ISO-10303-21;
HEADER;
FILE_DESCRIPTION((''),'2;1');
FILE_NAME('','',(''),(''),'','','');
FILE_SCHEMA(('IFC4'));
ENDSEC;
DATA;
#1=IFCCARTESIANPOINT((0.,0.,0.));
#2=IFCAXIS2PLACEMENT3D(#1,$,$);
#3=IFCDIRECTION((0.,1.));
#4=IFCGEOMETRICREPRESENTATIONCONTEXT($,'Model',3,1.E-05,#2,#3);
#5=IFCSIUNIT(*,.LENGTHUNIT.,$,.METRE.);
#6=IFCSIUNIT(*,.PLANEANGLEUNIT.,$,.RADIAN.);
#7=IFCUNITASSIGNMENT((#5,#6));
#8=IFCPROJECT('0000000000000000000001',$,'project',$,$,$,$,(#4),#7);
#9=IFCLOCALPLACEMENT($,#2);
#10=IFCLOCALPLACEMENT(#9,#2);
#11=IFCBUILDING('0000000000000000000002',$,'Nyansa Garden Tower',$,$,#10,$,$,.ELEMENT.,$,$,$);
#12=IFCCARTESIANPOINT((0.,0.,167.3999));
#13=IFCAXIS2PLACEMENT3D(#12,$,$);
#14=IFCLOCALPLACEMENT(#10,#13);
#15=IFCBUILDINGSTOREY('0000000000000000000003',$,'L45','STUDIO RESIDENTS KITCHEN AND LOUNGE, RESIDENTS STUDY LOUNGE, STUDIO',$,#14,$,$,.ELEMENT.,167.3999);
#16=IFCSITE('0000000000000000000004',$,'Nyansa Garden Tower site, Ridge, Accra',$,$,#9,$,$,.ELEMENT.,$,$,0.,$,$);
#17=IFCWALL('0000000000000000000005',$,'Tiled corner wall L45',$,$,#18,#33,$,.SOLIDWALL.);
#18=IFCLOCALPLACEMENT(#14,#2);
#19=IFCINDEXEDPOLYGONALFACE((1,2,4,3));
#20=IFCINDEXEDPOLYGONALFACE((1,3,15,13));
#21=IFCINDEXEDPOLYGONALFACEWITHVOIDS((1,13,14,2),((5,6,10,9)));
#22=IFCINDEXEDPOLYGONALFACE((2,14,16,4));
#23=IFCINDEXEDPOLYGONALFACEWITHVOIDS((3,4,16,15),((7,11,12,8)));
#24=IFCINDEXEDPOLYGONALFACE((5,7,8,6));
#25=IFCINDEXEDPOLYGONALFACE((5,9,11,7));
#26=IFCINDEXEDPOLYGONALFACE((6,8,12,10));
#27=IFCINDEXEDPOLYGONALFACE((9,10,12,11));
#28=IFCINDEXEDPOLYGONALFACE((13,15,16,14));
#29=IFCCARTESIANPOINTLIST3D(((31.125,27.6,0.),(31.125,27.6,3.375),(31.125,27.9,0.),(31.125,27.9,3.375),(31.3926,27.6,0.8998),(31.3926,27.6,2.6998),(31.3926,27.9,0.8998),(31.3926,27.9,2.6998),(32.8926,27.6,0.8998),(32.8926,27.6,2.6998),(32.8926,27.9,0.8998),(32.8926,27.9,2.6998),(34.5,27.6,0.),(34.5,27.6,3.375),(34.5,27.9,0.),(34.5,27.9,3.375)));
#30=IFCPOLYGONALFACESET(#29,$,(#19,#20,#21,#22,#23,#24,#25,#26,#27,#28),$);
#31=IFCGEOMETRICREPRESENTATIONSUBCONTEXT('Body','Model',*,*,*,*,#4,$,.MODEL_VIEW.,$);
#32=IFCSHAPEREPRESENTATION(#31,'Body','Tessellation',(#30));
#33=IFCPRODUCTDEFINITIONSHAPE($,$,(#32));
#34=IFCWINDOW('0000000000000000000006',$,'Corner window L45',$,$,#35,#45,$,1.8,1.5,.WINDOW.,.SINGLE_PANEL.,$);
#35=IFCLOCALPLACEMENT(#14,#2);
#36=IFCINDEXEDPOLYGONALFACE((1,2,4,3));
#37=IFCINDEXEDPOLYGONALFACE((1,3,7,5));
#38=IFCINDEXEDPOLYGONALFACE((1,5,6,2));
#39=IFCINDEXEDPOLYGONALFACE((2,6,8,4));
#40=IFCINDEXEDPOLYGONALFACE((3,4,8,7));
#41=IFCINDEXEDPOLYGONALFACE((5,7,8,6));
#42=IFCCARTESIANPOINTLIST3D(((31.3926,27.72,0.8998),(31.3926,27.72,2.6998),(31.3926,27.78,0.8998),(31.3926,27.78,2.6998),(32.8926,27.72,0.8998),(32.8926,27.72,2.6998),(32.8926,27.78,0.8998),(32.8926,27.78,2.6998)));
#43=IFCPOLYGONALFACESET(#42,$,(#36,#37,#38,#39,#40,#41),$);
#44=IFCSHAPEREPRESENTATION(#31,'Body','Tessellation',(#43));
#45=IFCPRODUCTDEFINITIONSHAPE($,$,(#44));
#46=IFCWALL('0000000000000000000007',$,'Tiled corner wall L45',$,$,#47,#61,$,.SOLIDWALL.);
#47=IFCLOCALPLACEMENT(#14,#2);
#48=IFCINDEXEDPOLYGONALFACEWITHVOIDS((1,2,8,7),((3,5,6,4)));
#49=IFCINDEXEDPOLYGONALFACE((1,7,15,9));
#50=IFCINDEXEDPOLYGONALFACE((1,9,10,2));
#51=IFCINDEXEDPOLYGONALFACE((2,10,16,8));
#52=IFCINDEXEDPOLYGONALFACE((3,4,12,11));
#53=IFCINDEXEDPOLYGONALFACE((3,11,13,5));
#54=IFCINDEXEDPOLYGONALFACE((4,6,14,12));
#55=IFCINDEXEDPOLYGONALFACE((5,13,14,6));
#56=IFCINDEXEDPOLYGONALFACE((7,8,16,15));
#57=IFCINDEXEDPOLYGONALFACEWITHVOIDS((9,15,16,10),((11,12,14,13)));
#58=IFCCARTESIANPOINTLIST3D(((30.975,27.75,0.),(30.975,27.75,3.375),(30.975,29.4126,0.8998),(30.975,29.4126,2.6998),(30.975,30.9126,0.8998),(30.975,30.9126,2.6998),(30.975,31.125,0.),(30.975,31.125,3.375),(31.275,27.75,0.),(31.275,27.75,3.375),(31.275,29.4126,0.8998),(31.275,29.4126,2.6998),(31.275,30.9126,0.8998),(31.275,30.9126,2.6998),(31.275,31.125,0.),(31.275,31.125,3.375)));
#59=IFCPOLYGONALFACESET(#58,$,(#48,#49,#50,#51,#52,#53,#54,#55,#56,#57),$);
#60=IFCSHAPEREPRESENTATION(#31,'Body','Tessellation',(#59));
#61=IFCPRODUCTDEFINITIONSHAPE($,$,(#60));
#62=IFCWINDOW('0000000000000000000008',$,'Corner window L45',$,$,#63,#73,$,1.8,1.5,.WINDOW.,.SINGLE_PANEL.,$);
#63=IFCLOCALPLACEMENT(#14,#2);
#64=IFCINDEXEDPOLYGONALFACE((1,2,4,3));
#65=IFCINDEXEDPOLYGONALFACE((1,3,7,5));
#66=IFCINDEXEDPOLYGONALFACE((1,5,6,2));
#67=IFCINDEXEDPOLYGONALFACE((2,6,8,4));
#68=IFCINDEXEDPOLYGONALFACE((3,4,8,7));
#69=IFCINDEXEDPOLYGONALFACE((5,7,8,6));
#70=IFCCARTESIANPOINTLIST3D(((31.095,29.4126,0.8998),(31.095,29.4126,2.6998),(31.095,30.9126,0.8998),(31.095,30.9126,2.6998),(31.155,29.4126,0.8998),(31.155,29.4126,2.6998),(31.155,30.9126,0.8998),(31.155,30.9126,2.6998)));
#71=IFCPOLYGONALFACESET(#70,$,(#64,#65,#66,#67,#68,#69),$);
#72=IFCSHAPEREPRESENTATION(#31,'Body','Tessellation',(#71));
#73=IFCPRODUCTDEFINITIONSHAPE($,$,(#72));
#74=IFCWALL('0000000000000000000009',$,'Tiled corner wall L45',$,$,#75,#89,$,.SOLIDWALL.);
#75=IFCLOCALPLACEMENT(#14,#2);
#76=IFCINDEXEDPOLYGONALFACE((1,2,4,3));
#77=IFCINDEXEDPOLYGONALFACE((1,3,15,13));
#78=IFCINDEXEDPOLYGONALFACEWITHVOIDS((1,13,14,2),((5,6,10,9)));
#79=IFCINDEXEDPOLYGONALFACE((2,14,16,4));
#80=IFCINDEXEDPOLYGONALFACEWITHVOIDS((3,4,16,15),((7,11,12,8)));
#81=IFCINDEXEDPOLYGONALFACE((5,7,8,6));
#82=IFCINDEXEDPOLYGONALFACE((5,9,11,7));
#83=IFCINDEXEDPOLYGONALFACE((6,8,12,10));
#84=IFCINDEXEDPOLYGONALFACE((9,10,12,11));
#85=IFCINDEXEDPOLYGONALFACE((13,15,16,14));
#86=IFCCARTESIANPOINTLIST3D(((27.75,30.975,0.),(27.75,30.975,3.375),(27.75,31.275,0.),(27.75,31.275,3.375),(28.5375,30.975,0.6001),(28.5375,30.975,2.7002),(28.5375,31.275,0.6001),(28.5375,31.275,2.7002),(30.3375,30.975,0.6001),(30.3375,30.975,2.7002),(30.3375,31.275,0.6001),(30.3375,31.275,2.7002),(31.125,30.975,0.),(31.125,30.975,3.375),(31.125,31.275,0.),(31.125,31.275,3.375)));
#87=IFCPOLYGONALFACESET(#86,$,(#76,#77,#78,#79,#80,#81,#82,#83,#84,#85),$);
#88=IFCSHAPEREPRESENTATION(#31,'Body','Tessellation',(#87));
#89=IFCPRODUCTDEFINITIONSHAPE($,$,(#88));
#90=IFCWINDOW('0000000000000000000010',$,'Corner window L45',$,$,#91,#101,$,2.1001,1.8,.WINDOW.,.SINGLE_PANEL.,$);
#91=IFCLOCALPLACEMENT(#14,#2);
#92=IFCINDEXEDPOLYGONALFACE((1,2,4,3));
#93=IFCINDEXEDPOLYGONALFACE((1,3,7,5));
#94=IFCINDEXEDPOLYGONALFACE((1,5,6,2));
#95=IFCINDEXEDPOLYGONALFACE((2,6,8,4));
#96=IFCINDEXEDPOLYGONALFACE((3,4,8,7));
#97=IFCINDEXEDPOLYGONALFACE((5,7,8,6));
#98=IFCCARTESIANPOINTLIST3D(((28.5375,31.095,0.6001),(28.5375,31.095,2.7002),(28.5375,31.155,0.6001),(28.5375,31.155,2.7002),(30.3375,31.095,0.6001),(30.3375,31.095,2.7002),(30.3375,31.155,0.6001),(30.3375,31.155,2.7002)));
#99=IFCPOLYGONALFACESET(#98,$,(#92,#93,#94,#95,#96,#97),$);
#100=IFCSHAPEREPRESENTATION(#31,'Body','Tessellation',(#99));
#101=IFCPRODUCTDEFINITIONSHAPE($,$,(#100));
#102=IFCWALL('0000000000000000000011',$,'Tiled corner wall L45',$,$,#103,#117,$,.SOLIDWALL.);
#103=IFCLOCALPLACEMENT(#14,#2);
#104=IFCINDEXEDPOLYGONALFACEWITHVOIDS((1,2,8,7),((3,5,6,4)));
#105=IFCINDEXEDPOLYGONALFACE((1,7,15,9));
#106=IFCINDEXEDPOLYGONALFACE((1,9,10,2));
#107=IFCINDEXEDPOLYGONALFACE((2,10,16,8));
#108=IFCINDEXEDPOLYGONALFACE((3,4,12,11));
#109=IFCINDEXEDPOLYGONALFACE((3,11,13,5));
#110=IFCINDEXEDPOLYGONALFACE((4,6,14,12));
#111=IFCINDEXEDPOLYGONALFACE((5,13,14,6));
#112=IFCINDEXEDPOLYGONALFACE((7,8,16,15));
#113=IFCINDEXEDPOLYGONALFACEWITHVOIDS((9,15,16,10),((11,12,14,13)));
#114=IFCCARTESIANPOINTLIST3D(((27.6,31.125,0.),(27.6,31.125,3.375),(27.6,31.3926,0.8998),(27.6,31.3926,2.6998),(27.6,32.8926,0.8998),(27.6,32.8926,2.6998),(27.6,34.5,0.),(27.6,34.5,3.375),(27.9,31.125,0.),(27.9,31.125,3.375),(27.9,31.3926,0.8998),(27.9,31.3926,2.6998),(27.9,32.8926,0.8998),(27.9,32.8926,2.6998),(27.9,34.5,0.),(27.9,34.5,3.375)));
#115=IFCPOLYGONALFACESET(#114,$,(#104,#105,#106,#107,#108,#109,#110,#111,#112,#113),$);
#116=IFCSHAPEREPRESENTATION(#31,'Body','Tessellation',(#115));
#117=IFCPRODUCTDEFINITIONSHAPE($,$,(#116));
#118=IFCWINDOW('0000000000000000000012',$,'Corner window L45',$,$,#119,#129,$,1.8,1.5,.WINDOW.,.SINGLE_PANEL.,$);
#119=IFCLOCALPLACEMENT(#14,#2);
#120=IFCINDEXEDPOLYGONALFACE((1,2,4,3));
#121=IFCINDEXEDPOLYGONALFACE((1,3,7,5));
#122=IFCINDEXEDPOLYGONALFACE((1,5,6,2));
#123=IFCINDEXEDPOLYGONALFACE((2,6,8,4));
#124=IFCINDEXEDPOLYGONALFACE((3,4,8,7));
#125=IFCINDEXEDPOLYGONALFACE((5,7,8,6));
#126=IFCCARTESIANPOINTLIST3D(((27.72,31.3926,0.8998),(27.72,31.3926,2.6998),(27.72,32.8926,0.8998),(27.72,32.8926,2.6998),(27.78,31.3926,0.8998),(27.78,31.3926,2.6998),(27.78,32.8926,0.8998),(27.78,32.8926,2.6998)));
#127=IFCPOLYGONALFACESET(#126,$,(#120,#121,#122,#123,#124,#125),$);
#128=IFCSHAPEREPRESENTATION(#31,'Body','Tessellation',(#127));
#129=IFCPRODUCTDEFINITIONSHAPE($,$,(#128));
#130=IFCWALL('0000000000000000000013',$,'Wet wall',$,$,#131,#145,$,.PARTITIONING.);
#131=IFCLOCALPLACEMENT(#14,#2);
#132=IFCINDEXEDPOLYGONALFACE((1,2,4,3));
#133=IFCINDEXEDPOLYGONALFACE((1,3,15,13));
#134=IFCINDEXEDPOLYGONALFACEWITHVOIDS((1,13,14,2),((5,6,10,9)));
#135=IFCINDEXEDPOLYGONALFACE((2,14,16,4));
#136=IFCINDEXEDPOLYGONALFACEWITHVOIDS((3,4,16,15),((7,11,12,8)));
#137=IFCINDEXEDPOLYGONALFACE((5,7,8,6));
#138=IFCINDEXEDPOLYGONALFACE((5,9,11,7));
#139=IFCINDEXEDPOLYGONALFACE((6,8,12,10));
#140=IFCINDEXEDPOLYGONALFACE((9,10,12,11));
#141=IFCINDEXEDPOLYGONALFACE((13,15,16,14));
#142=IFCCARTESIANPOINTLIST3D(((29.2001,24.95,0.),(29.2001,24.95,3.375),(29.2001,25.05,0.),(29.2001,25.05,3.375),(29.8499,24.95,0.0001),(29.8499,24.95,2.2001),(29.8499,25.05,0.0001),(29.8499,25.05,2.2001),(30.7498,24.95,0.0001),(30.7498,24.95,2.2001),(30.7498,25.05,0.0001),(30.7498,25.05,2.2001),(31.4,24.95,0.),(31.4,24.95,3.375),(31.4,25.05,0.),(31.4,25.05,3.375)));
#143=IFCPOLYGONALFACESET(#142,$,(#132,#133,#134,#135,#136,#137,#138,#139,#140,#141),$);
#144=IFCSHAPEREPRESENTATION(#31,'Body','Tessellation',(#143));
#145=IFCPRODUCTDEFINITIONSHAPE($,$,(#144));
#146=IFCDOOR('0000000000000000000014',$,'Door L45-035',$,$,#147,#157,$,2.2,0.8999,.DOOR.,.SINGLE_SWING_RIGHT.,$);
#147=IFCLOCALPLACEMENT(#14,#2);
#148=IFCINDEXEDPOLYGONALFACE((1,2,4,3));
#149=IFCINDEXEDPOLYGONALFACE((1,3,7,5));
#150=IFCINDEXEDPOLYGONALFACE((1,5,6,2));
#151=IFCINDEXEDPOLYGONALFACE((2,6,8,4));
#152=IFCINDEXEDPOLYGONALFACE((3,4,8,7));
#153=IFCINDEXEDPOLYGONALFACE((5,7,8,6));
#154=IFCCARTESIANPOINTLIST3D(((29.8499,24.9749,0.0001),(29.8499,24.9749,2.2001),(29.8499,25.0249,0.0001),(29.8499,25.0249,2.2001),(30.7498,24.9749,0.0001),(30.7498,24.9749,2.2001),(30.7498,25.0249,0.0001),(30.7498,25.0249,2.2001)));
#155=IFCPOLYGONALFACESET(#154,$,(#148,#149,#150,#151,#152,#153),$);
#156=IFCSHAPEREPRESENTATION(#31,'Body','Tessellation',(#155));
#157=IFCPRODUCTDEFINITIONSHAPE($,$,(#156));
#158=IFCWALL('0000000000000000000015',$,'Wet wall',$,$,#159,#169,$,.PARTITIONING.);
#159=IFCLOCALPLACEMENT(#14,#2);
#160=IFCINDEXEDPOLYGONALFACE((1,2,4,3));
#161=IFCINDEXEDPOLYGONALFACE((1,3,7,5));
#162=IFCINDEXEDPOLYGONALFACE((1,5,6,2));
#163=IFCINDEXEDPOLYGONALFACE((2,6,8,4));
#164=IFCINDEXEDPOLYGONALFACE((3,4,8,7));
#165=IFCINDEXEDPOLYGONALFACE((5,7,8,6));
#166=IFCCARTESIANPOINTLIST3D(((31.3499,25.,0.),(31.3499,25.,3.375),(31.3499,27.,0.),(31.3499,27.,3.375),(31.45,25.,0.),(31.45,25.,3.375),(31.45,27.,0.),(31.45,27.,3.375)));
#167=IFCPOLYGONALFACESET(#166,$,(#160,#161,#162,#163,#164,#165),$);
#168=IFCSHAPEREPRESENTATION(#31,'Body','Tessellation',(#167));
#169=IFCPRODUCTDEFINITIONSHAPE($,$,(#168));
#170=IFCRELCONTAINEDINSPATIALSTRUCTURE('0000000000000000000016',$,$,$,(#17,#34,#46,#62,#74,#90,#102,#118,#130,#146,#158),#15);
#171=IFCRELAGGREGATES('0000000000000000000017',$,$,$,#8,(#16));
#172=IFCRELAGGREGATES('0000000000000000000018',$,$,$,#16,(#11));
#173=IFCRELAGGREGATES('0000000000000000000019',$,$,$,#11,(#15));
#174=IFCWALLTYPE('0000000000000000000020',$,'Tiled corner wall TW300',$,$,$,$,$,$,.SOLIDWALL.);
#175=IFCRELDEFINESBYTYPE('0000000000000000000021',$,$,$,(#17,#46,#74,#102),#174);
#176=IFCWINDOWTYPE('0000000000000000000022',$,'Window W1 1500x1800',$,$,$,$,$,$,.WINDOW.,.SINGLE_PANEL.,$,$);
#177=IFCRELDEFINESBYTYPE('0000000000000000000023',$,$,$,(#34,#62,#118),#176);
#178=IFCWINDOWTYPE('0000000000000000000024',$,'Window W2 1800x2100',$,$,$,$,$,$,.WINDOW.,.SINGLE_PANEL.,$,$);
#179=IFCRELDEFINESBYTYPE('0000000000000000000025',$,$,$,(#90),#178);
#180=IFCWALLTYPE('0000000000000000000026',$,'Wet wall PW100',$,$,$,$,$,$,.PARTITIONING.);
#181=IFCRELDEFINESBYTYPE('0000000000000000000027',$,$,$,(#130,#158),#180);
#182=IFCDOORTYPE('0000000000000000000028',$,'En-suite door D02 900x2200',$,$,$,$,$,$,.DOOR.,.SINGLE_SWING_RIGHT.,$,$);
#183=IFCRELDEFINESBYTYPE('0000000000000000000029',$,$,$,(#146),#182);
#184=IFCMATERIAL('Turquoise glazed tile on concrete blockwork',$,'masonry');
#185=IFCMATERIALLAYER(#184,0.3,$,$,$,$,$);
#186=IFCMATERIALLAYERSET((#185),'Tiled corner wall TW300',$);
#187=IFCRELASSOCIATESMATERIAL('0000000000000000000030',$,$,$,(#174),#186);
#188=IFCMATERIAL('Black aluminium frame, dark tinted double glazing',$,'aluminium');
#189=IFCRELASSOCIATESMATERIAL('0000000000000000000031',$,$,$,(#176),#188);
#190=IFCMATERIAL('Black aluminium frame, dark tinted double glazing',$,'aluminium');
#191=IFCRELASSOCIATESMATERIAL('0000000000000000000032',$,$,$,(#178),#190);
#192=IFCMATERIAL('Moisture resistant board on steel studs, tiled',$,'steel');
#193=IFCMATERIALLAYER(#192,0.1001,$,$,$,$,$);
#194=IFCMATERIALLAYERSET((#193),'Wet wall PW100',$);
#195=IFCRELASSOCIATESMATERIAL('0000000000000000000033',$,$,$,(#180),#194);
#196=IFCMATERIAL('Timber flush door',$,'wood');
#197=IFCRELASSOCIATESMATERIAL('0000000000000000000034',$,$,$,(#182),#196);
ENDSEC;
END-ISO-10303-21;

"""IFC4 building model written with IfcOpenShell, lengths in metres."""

from ifc_helpers import new_model, si_unit, direction, frame, frame_2d, origin, place, context, subcontext, project, spatial, rectangle, extrude, material, layer, layer_set, type_object, element, fill, save


model = new_model("IFC4")

# Units and contexts
model_context = context("Model", 3, precision=1e-05, world=origin(), true_north=direction((0.0, 1.0)))
body_context = subcontext(model_context, "Body", "Model", "MODEL_VIEW")
ifc_project = project(units=[si_unit("LENGTHUNIT", "METRE"), si_unit("PLANEANGLEUNIT", "RADIAN")], contexts=[model_context])

# Site, building, storey
site_placement = place(None, origin())
site = spatial("IfcSite", under=ifc_project, at=site_placement, Name="Nyansa Garden Tower site, Ridge, Accra", CompositionType="ELEMENT", RefElevation=0.0)
building_placement = place(site_placement, origin())
building = spatial("IfcBuilding", under=site, at=building_placement, Name="Nyansa Garden Tower", CompositionType="ELEMENT")
storey_placement = place(building_placement, frame((0.0, 0.0, 167.3999)))
storey = spatial("IfcBuildingStorey", under=building, at=storey_placement, Name="L45", Description="STUDIO RESIDENTS KITCHEN AND LOUNGE, RESIDENTS STUDY LOUNGE, STUDIO", CompositionType="ELEMENT", Elevation=167.3999)

# Walls, openings, windows
ifc_material_1 = material(Name="Turquoise glazed tile on concrete blockwork", Category="masonry")
ifc_layer_1 = layer(ifc_material_1, 0.3)
ifc_layer_set_1 = layer_set([ifc_layer_1], Name="Tiled corner wall TW300")
wall_type_1 = type_object("IfcWallType", Name="Tiled corner wall TW300", PredefinedType="SOLIDWALL", material=ifc_layer_set_1)
wall_1_placement = place(storey_placement, frame((34.5, 27.75, 0.0), z_axis=(0.0, 0.0, 1.0), x_axis=(-1.0, 0.0, 0.0)))
wall_1 = element("IfcWall", 1, at=wall_1_placement, inside=storey, type_object=wall_type_1, Name="Tiled corner wall L45", PredefinedType="SOLIDWALL", context=body_context, shape_type="SweptSolid", body=[
    extrude(rectangle(XDim=3.375, YDim=0.3, at=frame_2d((1.6875, 0.0))), origin(), (0.0, 0.0, 1.0), 3.375),
])
opening_1_placement = place(wall_1_placement, frame((1.6074, 0.0, 0.8999)))
opening_1 = element("IfcOpeningElement", 2, at=opening_1_placement, cuts=wall_1, PredefinedType="OPENING", context=body_context, shape_type="SweptSolid", body=[
    extrude(rectangle(XDim=1.5, YDim=1.8, at=frame_2d((0.75, 0.8999))), frame((0.0, 0.1599, 0.0), z_axis=(0.0, -1.0, 0.0), x_axis=(1.0, 0.0, 0.0)), (0.0, 0.0, 1.0), 0.3201),
])
ifc_material_2 = material(Name="Black aluminium frame, dark tinted double glazing", Category="aluminium")
window_type_1 = type_object("IfcWindowType", Name="Window W1 1500x1800", PartitioningType="SINGLE_PANEL", PredefinedType="WINDOW", material=ifc_material_2)
window_1_placement = place(opening_1_placement, origin())
window_1 = element("IfcWindow", 3, at=window_1_placement, inside=storey, type_object=window_type_1, Name="Corner window L45", OverallHeight=1.8, OverallWidth=1.5, PartitioningType="SINGLE_PANEL", PredefinedType="WINDOW", context=body_context, shape_type="SweptSolid", body=[
    extrude(rectangle(XDim=1.5, YDim=1.8, at=frame_2d((0.75, 0.8999))), frame((0.0, 0.03, 0.0), z_axis=(0.0, -1.0, 0.0), x_axis=(1.0, 0.0, 0.0)), (0.0, 0.0, 1.0), 0.0601),
])
fill(opening_1, window_1)
wall_2_placement = place(storey_placement, frame((31.125, 27.75, 0.0), z_axis=(0.0, 0.0, 1.0), x_axis=(0.0, 1.0, 0.0)))
wall_2 = element("IfcWall", 4, at=wall_2_placement, inside=storey, type_object=wall_type_1, Name="Tiled corner wall L45", PredefinedType="SOLIDWALL", context=body_context, shape_type="SweptSolid", body=[
    extrude(rectangle(XDim=3.375, YDim=0.3, at=frame_2d((1.6875, 0.0))), origin(), (0.0, 0.0, 1.0), 3.375),
])
opening_2_placement = place(wall_2_placement, frame((1.6626, 0.0, 0.8999)))
opening_2 = element("IfcOpeningElement", 5, at=opening_2_placement, cuts=wall_2, PredefinedType="OPENING", context=body_context, shape_type="SweptSolid", body=[
    extrude(rectangle(XDim=1.5, YDim=1.8, at=frame_2d((0.75, 0.8999))), frame((0.0, 0.1599, 0.0), z_axis=(0.0, -1.0, 0.0), x_axis=(1.0, 0.0, 0.0)), (0.0, 0.0, 1.0), 0.3201),
])
window_2_placement = place(opening_2_placement, origin())
window_2 = element("IfcWindow", 6, at=window_2_placement, inside=storey, type_object=window_type_1, Name="Corner window L45", OverallHeight=1.8, OverallWidth=1.5, PartitioningType="SINGLE_PANEL", PredefinedType="WINDOW", context=body_context, shape_type="SweptSolid", body=[
    extrude(rectangle(XDim=1.5, YDim=1.8, at=frame_2d((0.75, 0.8999))), frame((0.0, 0.03, 0.0), z_axis=(0.0, -1.0, 0.0), x_axis=(1.0, 0.0, 0.0)), (0.0, 0.0, 1.0), 0.0601),
])
fill(opening_2, window_2)
wall_3_placement = place(storey_placement, frame((31.125, 31.125, 0.0), z_axis=(0.0, 0.0, 1.0), x_axis=(-1.0, 0.0, 0.0)))
wall_3 = element("IfcWall", 7, at=wall_3_placement, inside=storey, type_object=wall_type_1, Name="Tiled corner wall L45", PredefinedType="SOLIDWALL", context=body_context, shape_type="SweptSolid", body=[
    extrude(rectangle(XDim=3.375, YDim=0.3, at=frame_2d((1.6875, 0.0))), origin(), (0.0, 0.0, 1.0), 3.375),
])
opening_3_placement = place(wall_3_placement, frame((0.7876, 0.0, 0.6001)))
opening_3 = element("IfcOpeningElement", 8, at=opening_3_placement, cuts=wall_3, PredefinedType="OPENING", context=body_context, shape_type="SweptSolid", body=[
    extrude(rectangle(XDim=1.8, YDim=2.1001, at=frame_2d((0.8999, 1.05))), frame((0.0, 0.1599, 0.0), z_axis=(0.0, -1.0, 0.0), x_axis=(1.0, 0.0, 0.0)), (0.0, 0.0, 1.0), 0.3201),
])
ifc_material_3 = material(Name="Black aluminium frame, dark tinted double glazing", Category="aluminium")
window_type_2 = type_object("IfcWindowType", Name="Window W2 1800x2100", PartitioningType="SINGLE_PANEL", PredefinedType="WINDOW", material=ifc_material_3)
window_3_placement = place(opening_3_placement, origin())
window_3 = element("IfcWindow", 9, at=window_3_placement, inside=storey, type_object=window_type_2, Name="Corner window L45", OverallHeight=2.1001, OverallWidth=1.8, PartitioningType="SINGLE_PANEL", PredefinedType="WINDOW", context=body_context, shape_type="SweptSolid", body=[
    extrude(rectangle(XDim=1.8, YDim=2.1001, at=frame_2d((0.8999, 1.05))), frame((0.0, 0.03, 0.0), z_axis=(0.0, -1.0, 0.0), x_axis=(1.0, 0.0, 0.0)), (0.0, 0.0, 1.0), 0.0601),
])
fill(opening_3, window_3)
wall_4_placement = place(storey_placement, frame((27.75, 31.125, 0.0), z_axis=(0.0, 0.0, 1.0), x_axis=(0.0, 1.0, 0.0)))
wall_4 = element("IfcWall", 10, at=wall_4_placement, inside=storey, type_object=wall_type_1, Name="Tiled corner wall L45", PredefinedType="SOLIDWALL", context=body_context, shape_type="SweptSolid", body=[
    extrude(rectangle(XDim=3.375, YDim=0.3, at=frame_2d((1.6875, 0.0))), origin(), (0.0, 0.0, 1.0), 3.375),
])
opening_4_placement = place(wall_4_placement, frame((0.2676, 0.0, 0.8999)))
opening_4 = element("IfcOpeningElement", 11, at=opening_4_placement, cuts=wall_4, PredefinedType="OPENING", context=body_context, shape_type="SweptSolid", body=[
    extrude(rectangle(XDim=1.5, YDim=1.8, at=frame_2d((0.75, 0.8999))), frame((0.0, 0.1599, 0.0), z_axis=(0.0, -1.0, 0.0), x_axis=(1.0, 0.0, 0.0)), (0.0, 0.0, 1.0), 0.3201),
])
window_4_placement = place(opening_4_placement, origin())
window_4 = element("IfcWindow", 12, at=window_4_placement, inside=storey, type_object=window_type_1, Name="Corner window L45", OverallHeight=1.8, OverallWidth=1.5, PartitioningType="SINGLE_PANEL", PredefinedType="WINDOW", context=body_context, shape_type="SweptSolid", body=[
    extrude(rectangle(XDim=1.5, YDim=1.8, at=frame_2d((0.75, 0.8999))), frame((0.0, 0.03, 0.0), z_axis=(0.0, -1.0, 0.0), x_axis=(1.0, 0.0, 0.0)), (0.0, 0.0, 1.0), 0.0601),
])
fill(opening_4, window_4)

# Wall, opening, door
ifc_material_4 = material(Name="Moisture resistant board on steel studs, tiled", Category="steel")
ifc_layer_2 = layer(ifc_material_4, 0.1001)
ifc_layer_set_2 = layer_set([ifc_layer_2], Name="Wet wall PW100")
wall_type_2 = type_object("IfcWallType", Name="Wet wall PW100", PredefinedType="PARTITIONING", material=ifc_layer_set_2)
wall_5_placement = place(storey_placement, frame((29.2, 25.0, 0.0), z_axis=(0.0, 0.0, 1.0), x_axis=(1.0, 0.0, 0.0)))
wall_5 = element("IfcWall", 13, at=wall_5_placement, inside=storey, type_object=wall_type_2, Name="Wet wall", PredefinedType="PARTITIONING", context=body_context, shape_type="SweptSolid", body=[
    extrude(rectangle(XDim=2.2, YDim=0.1001, at=frame_2d((1.1001, 0.0))), origin(), (0.0, 0.0, 1.0), 3.375),
])
opening_5_placement = place(wall_5_placement, frame((0.6499, 0.0, 0.0)))
opening_5 = element("IfcOpeningElement", 14, at=opening_5_placement, cuts=wall_5, PredefinedType="OPENING", context=body_context, shape_type="SweptSolid", body=[
    extrude(rectangle(XDim=0.8999, YDim=2.2, at=frame_2d((0.45, 1.1001))), frame((0.0, 0.0601, 0.0), z_axis=(0.0, -1.0, 0.0), x_axis=(1.0, 0.0, 0.0)), (0.0, 0.0, 1.0), 0.1201),
])
ifc_material_5 = material(Name="Timber flush door", Category="wood")
door_type = type_object("IfcDoorType", Name="En-suite door D02 900x2200", OperationType="SINGLE_SWING_RIGHT", PredefinedType="DOOR", material=ifc_material_5)
door_placement = place(opening_5_placement, origin())
door = element("IfcDoor", 15, at=door_placement, inside=storey, type_object=door_type, Name="Door L45-035", OperationType="SINGLE_SWING_RIGHT", OverallHeight=2.2, OverallWidth=0.8999, PredefinedType="DOOR", context=body_context, shape_type="SweptSolid", body=[
    extrude(rectangle(XDim=0.8999, YDim=2.2, at=frame_2d((0.45, 1.1001))), frame((0.0, 0.0249, 0.0), z_axis=(0.0, -1.0, 0.0), x_axis=(1.0, 0.0, 0.0)), (0.0, 0.0, 1.0), 0.05),
])
fill(opening_5, door)

# Wall
wall_6_placement = place(storey_placement, frame((31.3999, 25.0, 0.0), z_axis=(0.0, 0.0, 1.0), x_axis=(0.0, 1.0, 0.0)))
element("IfcWall", 16, at=wall_6_placement, inside=storey, type_object=wall_type_2, Name="Wet wall", PredefinedType="PARTITIONING", context=body_context, shape_type="SweptSolid", body=[
    extrude(rectangle(XDim=2.0, YDim=0.1001, at=frame_2d((1.0, 0.0))), origin(), (0.0, 0.0, 1.0), 3.375),
])

save(model, "model.ifc")
